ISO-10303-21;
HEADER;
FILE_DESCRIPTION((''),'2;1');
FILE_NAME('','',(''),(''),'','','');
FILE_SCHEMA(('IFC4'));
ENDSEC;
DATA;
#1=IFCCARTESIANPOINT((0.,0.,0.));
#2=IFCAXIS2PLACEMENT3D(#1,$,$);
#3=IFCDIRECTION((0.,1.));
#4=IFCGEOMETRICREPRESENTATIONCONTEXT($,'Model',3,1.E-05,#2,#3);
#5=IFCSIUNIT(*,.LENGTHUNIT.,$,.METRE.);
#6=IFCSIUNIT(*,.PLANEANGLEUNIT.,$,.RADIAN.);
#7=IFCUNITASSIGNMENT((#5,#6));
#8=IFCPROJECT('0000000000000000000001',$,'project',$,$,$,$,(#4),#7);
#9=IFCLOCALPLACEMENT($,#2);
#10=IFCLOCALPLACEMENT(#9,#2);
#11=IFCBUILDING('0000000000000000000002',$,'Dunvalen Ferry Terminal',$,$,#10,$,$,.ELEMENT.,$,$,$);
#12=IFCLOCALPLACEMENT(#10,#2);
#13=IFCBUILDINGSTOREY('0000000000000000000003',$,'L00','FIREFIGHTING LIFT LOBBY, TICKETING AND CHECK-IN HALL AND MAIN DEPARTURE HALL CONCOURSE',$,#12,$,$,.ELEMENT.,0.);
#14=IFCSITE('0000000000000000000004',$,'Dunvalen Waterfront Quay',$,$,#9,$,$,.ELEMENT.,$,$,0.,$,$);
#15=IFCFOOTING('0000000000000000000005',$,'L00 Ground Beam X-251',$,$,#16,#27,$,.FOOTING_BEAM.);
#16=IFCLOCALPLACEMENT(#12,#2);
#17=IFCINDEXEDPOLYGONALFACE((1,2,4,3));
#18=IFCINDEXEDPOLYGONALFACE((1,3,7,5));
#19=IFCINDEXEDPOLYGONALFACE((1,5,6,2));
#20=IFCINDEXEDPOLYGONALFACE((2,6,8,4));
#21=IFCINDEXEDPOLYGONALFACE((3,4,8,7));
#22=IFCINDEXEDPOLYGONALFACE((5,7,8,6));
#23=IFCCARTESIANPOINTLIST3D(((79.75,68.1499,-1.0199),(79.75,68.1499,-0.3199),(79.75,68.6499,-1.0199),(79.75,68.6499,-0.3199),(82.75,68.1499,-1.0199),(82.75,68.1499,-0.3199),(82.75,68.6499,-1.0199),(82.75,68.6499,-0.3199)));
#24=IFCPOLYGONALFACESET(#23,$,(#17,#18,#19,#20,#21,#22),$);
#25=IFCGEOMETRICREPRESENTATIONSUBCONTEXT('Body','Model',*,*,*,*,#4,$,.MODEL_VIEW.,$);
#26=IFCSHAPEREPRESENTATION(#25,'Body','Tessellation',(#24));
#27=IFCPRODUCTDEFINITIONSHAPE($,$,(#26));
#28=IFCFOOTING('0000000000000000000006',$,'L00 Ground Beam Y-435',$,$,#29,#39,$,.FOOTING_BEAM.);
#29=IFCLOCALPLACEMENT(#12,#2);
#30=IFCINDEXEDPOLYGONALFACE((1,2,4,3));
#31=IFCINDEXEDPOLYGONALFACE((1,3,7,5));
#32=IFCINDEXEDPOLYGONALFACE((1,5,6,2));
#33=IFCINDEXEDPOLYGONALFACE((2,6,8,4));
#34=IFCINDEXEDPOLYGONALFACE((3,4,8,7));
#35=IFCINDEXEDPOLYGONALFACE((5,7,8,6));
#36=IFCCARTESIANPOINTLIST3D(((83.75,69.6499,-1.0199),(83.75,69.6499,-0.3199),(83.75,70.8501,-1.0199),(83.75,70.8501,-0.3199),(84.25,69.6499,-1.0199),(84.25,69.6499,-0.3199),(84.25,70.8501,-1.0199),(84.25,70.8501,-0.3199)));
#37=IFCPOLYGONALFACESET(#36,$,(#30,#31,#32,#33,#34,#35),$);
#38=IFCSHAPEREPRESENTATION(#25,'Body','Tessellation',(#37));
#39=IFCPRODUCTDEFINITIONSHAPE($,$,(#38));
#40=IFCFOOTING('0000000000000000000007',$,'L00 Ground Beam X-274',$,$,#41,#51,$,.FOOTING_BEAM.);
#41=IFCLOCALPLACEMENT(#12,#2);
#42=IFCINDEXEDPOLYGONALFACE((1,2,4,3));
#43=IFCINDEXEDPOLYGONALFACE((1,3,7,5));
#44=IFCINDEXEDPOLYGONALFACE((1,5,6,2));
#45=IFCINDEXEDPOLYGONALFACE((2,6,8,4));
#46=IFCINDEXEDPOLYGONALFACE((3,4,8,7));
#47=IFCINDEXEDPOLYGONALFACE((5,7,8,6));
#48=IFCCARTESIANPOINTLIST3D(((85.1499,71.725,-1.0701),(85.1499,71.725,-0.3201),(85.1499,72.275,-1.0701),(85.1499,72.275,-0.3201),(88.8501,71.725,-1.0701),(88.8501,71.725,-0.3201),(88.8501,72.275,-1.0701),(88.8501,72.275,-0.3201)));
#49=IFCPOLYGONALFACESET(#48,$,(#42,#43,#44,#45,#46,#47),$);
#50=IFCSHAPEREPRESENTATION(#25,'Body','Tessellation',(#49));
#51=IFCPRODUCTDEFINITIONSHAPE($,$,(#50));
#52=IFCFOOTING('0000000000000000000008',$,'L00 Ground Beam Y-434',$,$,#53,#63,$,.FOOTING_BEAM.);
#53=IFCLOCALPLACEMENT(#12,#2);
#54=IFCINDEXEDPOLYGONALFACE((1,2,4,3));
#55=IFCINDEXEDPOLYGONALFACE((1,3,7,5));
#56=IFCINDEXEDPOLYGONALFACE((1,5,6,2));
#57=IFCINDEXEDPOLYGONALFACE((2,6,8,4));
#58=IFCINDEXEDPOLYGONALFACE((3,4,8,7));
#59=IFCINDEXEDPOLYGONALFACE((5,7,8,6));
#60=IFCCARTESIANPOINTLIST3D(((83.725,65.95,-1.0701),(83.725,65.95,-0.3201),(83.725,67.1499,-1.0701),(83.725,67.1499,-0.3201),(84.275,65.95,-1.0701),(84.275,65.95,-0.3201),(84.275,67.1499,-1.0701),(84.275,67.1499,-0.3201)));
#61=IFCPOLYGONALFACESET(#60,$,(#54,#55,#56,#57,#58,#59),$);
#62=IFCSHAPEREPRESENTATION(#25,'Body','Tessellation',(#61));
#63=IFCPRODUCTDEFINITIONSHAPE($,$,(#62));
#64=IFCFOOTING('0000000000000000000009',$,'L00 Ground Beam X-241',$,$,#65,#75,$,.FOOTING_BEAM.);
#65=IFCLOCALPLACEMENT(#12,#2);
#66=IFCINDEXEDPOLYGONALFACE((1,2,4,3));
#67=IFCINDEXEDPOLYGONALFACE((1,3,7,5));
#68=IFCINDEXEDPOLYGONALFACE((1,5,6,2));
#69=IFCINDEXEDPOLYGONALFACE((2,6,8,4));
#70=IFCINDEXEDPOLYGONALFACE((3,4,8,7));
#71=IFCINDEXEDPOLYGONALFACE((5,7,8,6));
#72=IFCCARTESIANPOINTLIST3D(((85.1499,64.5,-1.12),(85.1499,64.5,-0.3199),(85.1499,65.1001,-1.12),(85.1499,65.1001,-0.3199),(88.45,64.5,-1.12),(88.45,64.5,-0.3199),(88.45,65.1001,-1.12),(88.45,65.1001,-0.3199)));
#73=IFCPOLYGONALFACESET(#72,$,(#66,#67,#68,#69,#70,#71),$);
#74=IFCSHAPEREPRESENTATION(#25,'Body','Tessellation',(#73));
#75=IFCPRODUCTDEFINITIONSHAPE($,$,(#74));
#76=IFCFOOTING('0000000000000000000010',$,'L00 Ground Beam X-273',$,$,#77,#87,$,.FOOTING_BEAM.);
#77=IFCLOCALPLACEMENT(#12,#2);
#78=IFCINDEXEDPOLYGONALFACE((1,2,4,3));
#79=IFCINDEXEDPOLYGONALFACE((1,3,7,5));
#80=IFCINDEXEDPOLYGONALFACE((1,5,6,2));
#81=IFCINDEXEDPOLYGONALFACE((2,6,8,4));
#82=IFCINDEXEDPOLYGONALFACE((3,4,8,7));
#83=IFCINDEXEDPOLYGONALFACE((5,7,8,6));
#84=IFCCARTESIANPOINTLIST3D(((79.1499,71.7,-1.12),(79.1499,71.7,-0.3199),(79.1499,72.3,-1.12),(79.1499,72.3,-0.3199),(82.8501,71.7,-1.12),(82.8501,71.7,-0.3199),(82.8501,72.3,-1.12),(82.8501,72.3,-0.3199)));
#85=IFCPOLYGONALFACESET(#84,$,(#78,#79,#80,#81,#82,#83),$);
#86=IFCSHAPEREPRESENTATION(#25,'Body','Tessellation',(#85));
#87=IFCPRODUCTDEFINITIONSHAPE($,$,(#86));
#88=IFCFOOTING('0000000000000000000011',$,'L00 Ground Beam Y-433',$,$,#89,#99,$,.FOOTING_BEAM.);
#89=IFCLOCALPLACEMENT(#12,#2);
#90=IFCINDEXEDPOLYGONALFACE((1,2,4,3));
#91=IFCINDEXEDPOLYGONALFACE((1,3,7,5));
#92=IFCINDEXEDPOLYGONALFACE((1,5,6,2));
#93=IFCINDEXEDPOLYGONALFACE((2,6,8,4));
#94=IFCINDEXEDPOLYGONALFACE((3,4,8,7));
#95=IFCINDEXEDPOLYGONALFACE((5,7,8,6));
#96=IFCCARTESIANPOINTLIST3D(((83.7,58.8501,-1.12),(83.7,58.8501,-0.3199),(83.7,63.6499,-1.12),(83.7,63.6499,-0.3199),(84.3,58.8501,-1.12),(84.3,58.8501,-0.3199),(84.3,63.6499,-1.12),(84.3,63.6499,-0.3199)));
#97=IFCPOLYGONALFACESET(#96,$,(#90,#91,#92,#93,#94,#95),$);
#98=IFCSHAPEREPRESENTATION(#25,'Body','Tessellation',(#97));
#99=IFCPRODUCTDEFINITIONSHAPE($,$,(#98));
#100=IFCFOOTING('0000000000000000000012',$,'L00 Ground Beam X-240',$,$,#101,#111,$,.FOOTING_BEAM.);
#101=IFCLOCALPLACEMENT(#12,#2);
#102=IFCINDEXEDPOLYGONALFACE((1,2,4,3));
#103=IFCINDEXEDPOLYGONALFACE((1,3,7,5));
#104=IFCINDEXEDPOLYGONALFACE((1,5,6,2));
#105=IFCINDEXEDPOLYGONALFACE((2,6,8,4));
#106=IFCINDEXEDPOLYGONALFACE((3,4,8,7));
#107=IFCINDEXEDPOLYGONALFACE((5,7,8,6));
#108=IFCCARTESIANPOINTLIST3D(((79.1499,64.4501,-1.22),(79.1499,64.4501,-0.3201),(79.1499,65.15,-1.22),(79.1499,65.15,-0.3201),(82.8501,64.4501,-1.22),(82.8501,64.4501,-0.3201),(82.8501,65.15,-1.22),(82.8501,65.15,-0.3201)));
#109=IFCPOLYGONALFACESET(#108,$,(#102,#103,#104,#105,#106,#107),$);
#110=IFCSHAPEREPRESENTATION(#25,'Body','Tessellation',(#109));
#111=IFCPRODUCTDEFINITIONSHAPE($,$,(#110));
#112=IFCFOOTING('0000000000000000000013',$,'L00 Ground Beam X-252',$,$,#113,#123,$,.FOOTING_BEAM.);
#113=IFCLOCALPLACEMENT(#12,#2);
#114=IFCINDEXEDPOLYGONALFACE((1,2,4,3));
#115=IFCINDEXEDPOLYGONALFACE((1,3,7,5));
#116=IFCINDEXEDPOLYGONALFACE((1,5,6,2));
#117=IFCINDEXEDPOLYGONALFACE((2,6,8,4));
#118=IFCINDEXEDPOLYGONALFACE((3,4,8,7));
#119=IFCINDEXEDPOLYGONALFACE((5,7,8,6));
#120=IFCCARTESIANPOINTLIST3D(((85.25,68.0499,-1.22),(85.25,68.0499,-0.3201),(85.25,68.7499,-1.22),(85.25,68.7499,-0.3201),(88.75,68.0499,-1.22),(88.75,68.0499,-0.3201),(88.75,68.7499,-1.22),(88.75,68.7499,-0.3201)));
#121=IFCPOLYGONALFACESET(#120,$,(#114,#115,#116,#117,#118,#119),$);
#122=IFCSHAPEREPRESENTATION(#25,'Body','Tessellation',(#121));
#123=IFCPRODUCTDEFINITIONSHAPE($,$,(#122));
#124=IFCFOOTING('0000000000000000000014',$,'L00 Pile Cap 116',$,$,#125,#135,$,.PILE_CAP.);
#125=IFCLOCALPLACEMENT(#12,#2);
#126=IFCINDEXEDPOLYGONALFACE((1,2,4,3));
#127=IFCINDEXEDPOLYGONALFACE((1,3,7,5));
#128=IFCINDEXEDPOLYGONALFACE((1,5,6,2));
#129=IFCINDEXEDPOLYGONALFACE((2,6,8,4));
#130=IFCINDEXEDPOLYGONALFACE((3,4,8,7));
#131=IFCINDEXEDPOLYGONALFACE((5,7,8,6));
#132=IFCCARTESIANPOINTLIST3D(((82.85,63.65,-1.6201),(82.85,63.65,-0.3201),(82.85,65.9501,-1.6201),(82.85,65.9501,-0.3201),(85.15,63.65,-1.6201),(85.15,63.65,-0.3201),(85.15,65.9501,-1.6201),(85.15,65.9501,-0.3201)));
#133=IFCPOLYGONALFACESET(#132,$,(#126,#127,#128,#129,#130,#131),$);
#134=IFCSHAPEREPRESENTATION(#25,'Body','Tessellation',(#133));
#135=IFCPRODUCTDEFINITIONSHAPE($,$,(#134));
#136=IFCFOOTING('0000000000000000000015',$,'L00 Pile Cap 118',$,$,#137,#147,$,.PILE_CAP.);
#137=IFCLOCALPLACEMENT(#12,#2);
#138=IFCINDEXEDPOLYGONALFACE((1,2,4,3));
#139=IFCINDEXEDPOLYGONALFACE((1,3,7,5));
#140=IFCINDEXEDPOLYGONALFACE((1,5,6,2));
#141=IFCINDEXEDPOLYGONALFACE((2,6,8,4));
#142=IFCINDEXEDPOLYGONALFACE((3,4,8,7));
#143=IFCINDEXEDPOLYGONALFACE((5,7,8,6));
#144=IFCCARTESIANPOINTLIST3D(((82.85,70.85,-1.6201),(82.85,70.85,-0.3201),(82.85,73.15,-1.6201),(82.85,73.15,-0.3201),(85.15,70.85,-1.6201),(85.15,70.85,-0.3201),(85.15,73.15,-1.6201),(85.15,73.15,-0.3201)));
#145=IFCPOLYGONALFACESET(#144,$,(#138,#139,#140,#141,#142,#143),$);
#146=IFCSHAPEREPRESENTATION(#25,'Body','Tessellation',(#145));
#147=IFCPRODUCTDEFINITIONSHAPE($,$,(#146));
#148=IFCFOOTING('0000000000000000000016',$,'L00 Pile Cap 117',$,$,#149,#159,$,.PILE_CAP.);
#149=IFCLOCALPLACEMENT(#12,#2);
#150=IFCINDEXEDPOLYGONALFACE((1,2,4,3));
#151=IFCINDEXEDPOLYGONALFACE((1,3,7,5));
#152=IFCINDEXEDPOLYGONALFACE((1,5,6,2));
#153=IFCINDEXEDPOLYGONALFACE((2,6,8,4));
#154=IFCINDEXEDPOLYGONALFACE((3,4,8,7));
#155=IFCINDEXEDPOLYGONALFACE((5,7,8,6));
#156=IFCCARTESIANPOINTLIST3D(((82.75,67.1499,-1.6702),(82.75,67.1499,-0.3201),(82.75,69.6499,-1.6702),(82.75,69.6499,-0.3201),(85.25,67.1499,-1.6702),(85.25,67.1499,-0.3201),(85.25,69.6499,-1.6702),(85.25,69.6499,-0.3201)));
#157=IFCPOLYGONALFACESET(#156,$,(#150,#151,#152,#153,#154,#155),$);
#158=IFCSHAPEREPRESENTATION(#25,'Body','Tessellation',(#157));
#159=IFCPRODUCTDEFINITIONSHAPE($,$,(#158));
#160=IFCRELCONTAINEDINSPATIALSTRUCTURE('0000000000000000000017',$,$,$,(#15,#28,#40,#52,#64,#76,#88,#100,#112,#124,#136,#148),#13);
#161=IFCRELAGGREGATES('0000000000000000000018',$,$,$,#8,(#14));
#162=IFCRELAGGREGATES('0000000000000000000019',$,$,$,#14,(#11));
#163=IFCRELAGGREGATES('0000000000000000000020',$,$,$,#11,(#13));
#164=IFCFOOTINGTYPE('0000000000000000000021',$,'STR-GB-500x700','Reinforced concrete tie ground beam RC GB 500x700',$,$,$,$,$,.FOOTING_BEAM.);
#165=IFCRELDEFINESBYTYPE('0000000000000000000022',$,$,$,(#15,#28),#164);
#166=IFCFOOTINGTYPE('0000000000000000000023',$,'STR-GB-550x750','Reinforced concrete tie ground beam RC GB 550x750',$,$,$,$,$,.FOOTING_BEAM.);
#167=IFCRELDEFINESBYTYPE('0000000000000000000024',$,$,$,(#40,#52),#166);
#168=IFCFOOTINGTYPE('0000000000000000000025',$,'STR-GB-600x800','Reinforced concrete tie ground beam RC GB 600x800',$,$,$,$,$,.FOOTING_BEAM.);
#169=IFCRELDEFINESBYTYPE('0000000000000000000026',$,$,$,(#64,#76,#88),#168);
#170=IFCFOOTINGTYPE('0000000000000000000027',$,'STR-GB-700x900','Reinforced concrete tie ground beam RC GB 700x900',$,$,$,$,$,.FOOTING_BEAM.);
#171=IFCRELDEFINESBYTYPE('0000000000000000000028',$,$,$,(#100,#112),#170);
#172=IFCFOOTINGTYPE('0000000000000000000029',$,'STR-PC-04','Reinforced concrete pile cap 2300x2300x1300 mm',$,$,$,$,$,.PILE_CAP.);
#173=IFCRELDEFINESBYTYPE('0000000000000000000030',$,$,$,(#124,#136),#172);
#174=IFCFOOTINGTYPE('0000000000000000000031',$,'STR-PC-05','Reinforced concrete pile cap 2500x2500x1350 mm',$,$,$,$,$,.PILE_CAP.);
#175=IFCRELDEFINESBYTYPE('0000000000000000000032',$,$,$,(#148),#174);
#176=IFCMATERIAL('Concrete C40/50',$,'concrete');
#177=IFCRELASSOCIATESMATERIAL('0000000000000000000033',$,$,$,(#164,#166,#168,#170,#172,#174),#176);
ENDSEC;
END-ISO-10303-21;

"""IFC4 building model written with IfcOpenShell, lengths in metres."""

from ifc_helpers import new_model, si_unit, direction, frame, origin, origin_2d, place, context, subcontext, project, spatial, rectangle, extrude, material, material_profile, profile_set, type_object, element, save


model = new_model("IFC4")

# Units and contexts
model_context = context("Model", 3, precision=1e-05, world=origin(), true_north=direction((0.0, 1.0)))
body_context = subcontext(model_context, "Body", "Model", "MODEL_VIEW")
ifc_project = project(units=[si_unit("LENGTHUNIT", "METRE"), si_unit("PLANEANGLEUNIT", "RADIAN")], contexts=[model_context])

# Site, building, storey
site_placement = place(None, origin())
site = spatial("IfcSite", under=ifc_project, at=site_placement, Name="Dunvalen Waterfront Quay", CompositionType="ELEMENT", RefElevation=0.0)
building_placement = place(site_placement, origin())
building = spatial("IfcBuilding", under=site, at=building_placement, Name="Dunvalen Ferry Terminal", CompositionType="ELEMENT")
storey_placement = place(building_placement, origin())
storey = spatial("IfcBuildingStorey", under=building, at=storey_placement, Name="L00", Description="FIREFIGHTING LIFT LOBBY, TICKETING AND CHECK-IN HALL AND MAIN DEPARTURE HALL CONCOURSE", CompositionType="ELEMENT", Elevation=0.0)

# Footings
ifc_material_1 = material(Name="Concrete C40/50", Category="concrete")
ifc_material_profile_1 = material_profile(ifc_material_1, rectangle(XDim=0.5, YDim=0.7, at=origin_2d()), Name="Concrete C40/50")
ifc_profile_set_1 = profile_set([ifc_material_profile_1], Name="Concrete C40/50")
footing_type_1 = type_object("IfcFootingType", Name="STR-GB-500x700", Description="Reinforced concrete tie ground beam RC GB 500x700", PredefinedType="FOOTING_BEAM", material=ifc_profile_set_1)
footing_1_placement = place(storey_placement, frame((79.75, 68.3999, -0.6699), z_axis=(1.0, 0.0, 0.0), x_axis=(0.0, 1.0, 0.0)))
element("IfcFooting", 1, at=footing_1_placement, inside=storey, type_object=footing_type_1, Name="L00 Ground Beam X-251", PredefinedType="FOOTING_BEAM", context=body_context, shape_type="SweptSolid", body=[
    extrude(rectangle(XDim=0.5, YDim=0.7, at=origin_2d()), origin(), (0.0, 0.0, 1.0), 3.0),
])
footing_2_placement = place(storey_placement, frame((84.0, 69.6499, -0.6699), z_axis=(0.0, 1.0, 0.0), x_axis=(-1.0, 0.0, 0.0)))
element("IfcFooting", 2, at=footing_2_placement, inside=storey, type_object=footing_type_1, Name="L00 Ground Beam Y-435", PredefinedType="FOOTING_BEAM", context=body_context, shape_type="SweptSolid", body=[
    extrude(rectangle(XDim=0.5, YDim=0.7, at=origin_2d()), origin(), (0.0, 0.0, 1.0), 1.2002),
])
ifc_material_profile_2 = material_profile(ifc_material_1, rectangle(XDim=0.55, YDim=0.75, at=origin_2d()), Name="Concrete C40/50")
ifc_profile_set_2 = profile_set([ifc_material_profile_2], Name="Concrete C40/50")
footing_type_2 = type_object("IfcFootingType", Name="STR-GB-550x750", Description="Reinforced concrete tie ground beam RC GB 550x750", PredefinedType="FOOTING_BEAM", material=ifc_profile_set_2)
footing_3_placement = place(storey_placement, frame((85.1499, 72.0, -0.6951), z_axis=(1.0, 0.0, 0.0), x_axis=(0.0, 1.0, 0.0)))
element("IfcFooting", 3, at=footing_3_placement, inside=storey, type_object=footing_type_2, Name="L00 Ground Beam X-274", PredefinedType="FOOTING_BEAM", context=body_context, shape_type="SweptSolid", body=[
    extrude(rectangle(XDim=0.55, YDim=0.75, at=origin_2d()), origin(), (0.0, 0.0, 1.0), 3.7002),
])
footing_4_placement = place(storey_placement, frame((84.0, 65.95, -0.6951), z_axis=(0.0, 1.0, 0.0), x_axis=(-1.0, 0.0, 0.0)))
element("IfcFooting", 4, at=footing_4_placement, inside=storey, type_object=footing_type_2, Name="L00 Ground Beam Y-434", PredefinedType="FOOTING_BEAM", context=body_context, shape_type="SweptSolid", body=[
    extrude(rectangle(XDim=0.55, YDim=0.75, at=origin_2d()), origin(), (0.0, 0.0, 1.0), 1.2),
])
ifc_material_profile_3 = material_profile(ifc_material_1, rectangle(XDim=0.6001, YDim=0.8, at=origin_2d()), Name="Concrete C40/50")
ifc_profile_set_3 = profile_set([ifc_material_profile_3], Name="Concrete C40/50")
footing_type_3 = type_object("IfcFootingType", Name="STR-GB-600x800", Description="Reinforced concrete tie ground beam RC GB 600x800", PredefinedType="FOOTING_BEAM", material=ifc_profile_set_3)
footing_5_placement = place(storey_placement, frame((85.1499, 64.8, -0.72), z_axis=(1.0, 0.0, 0.0), x_axis=(0.0, 1.0, 0.0)))
element("IfcFooting", 5, at=footing_5_placement, inside=storey, type_object=footing_type_3, Name="L00 Ground Beam X-241", PredefinedType="FOOTING_BEAM", context=body_context, shape_type="SweptSolid", body=[
    extrude(rectangle(XDim=0.6001, YDim=0.8, at=origin_2d()), origin(), (0.0, 0.0, 1.0), 3.3),
])
footing_6_placement = place(storey_placement, frame((79.1499, 72.0, -0.72), z_axis=(1.0, 0.0, 0.0), x_axis=(0.0, 1.0, 0.0)))
element("IfcFooting", 6, at=footing_6_placement, inside=storey, type_object=footing_type_3, Name="L00 Ground Beam X-273", PredefinedType="FOOTING_BEAM", context=body_context, shape_type="SweptSolid", body=[
    extrude(rectangle(XDim=0.6001, YDim=0.8, at=origin_2d()), origin(), (0.0, 0.0, 1.0), 3.7002),
])
footing_7_placement = place(storey_placement, frame((84.0, 58.8501, -0.72), z_axis=(0.0, 1.0, 0.0), x_axis=(-1.0, 0.0, 0.0)))
element("IfcFooting", 7, at=footing_7_placement, inside=storey, type_object=footing_type_3, Name="L00 Ground Beam Y-433", PredefinedType="FOOTING_BEAM", context=body_context, shape_type="SweptSolid", body=[
    extrude(rectangle(XDim=0.6001, YDim=0.8, at=origin_2d()), origin(), (0.0, 0.0, 1.0), 4.7998),
])
ifc_material_profile_4 = material_profile(ifc_material_1, rectangle(XDim=0.7, YDim=0.8999, at=origin_2d()), Name="Concrete C40/50")
ifc_profile_set_4 = profile_set([ifc_material_profile_4], Name="Concrete C40/50")
footing_type_4 = type_object("IfcFootingType", Name="STR-GB-700x900", Description="Reinforced concrete tie ground beam RC GB 700x900", PredefinedType="FOOTING_BEAM", material=ifc_profile_set_4)
footing_8_placement = place(storey_placement, frame((79.1499, 64.8, -0.77), z_axis=(1.0, 0.0, 0.0), x_axis=(0.0, 1.0, 0.0)))
element("IfcFooting", 8, at=footing_8_placement, inside=storey, type_object=footing_type_4, Name="L00 Ground Beam X-240", PredefinedType="FOOTING_BEAM", context=body_context, shape_type="SweptSolid", body=[
    extrude(rectangle(XDim=0.7, YDim=0.8999, at=origin_2d()), origin(), (0.0, 0.0, 1.0), 3.7002),
])
footing_9_placement = place(storey_placement, frame((85.25, 68.3999, -0.77), z_axis=(1.0, 0.0, 0.0), x_axis=(0.0, 1.0, 0.0)))
element("IfcFooting", 9, at=footing_9_placement, inside=storey, type_object=footing_type_4, Name="L00 Ground Beam X-252", PredefinedType="FOOTING_BEAM", context=body_context, shape_type="SweptSolid", body=[
    extrude(rectangle(XDim=0.7, YDim=0.8999, at=origin_2d()), origin(), (0.0, 0.0, 1.0), 3.5),
])
footing_type_5 = type_object("IfcFootingType", Name="STR-PC-04", Description="Reinforced concrete pile cap 2300x2300x1300 mm", PredefinedType="PILE_CAP", material=ifc_material_1)
for number, where, z_axis, x_axis, name in (
    (10, (84.0, 64.8, -1.6201), (0.0, 0.0, 1.0), (1.0, 0.0, 0.0), "L00 Pile Cap 116"),
    (11, (84.0, 72.0, -1.6201), (0.0, 0.0, 1.0), (1.0, 0.0, 0.0), "L00 Pile Cap 118"),
):
    element("IfcFooting", number, at=place(storey_placement, frame(where, z_axis=z_axis, x_axis=x_axis)), inside=storey, type_object=footing_type_5, Name=name, PredefinedType="PILE_CAP", context=body_context, shape_type="SweptSolid", body=[
        extrude(rectangle(XDim=2.3, YDim=2.3, at=origin_2d()), origin(), (0.0, 0.0, 1.0), 1.3),
    ])
footing_type_6 = type_object("IfcFootingType", Name="STR-PC-05", Description="Reinforced concrete pile cap 2500x2500x1350 mm", PredefinedType="PILE_CAP", material=ifc_material_1)
footing_10_placement = place(storey_placement, frame((84.0, 68.3999, -1.6702), z_axis=(0.0, 0.0, 1.0), x_axis=(1.0, 0.0, 0.0)))
element("IfcFooting", 12, at=footing_10_placement, inside=storey, type_object=footing_type_6, Name="L00 Pile Cap 117", PredefinedType="PILE_CAP", context=body_context, shape_type="SweptSolid", body=[
    extrude(rectangle(XDim=2.5, YDim=2.5, at=origin_2d()), origin(), (0.0, 0.0, 1.0), 1.3501),
])

save(model, "model.ifc")
